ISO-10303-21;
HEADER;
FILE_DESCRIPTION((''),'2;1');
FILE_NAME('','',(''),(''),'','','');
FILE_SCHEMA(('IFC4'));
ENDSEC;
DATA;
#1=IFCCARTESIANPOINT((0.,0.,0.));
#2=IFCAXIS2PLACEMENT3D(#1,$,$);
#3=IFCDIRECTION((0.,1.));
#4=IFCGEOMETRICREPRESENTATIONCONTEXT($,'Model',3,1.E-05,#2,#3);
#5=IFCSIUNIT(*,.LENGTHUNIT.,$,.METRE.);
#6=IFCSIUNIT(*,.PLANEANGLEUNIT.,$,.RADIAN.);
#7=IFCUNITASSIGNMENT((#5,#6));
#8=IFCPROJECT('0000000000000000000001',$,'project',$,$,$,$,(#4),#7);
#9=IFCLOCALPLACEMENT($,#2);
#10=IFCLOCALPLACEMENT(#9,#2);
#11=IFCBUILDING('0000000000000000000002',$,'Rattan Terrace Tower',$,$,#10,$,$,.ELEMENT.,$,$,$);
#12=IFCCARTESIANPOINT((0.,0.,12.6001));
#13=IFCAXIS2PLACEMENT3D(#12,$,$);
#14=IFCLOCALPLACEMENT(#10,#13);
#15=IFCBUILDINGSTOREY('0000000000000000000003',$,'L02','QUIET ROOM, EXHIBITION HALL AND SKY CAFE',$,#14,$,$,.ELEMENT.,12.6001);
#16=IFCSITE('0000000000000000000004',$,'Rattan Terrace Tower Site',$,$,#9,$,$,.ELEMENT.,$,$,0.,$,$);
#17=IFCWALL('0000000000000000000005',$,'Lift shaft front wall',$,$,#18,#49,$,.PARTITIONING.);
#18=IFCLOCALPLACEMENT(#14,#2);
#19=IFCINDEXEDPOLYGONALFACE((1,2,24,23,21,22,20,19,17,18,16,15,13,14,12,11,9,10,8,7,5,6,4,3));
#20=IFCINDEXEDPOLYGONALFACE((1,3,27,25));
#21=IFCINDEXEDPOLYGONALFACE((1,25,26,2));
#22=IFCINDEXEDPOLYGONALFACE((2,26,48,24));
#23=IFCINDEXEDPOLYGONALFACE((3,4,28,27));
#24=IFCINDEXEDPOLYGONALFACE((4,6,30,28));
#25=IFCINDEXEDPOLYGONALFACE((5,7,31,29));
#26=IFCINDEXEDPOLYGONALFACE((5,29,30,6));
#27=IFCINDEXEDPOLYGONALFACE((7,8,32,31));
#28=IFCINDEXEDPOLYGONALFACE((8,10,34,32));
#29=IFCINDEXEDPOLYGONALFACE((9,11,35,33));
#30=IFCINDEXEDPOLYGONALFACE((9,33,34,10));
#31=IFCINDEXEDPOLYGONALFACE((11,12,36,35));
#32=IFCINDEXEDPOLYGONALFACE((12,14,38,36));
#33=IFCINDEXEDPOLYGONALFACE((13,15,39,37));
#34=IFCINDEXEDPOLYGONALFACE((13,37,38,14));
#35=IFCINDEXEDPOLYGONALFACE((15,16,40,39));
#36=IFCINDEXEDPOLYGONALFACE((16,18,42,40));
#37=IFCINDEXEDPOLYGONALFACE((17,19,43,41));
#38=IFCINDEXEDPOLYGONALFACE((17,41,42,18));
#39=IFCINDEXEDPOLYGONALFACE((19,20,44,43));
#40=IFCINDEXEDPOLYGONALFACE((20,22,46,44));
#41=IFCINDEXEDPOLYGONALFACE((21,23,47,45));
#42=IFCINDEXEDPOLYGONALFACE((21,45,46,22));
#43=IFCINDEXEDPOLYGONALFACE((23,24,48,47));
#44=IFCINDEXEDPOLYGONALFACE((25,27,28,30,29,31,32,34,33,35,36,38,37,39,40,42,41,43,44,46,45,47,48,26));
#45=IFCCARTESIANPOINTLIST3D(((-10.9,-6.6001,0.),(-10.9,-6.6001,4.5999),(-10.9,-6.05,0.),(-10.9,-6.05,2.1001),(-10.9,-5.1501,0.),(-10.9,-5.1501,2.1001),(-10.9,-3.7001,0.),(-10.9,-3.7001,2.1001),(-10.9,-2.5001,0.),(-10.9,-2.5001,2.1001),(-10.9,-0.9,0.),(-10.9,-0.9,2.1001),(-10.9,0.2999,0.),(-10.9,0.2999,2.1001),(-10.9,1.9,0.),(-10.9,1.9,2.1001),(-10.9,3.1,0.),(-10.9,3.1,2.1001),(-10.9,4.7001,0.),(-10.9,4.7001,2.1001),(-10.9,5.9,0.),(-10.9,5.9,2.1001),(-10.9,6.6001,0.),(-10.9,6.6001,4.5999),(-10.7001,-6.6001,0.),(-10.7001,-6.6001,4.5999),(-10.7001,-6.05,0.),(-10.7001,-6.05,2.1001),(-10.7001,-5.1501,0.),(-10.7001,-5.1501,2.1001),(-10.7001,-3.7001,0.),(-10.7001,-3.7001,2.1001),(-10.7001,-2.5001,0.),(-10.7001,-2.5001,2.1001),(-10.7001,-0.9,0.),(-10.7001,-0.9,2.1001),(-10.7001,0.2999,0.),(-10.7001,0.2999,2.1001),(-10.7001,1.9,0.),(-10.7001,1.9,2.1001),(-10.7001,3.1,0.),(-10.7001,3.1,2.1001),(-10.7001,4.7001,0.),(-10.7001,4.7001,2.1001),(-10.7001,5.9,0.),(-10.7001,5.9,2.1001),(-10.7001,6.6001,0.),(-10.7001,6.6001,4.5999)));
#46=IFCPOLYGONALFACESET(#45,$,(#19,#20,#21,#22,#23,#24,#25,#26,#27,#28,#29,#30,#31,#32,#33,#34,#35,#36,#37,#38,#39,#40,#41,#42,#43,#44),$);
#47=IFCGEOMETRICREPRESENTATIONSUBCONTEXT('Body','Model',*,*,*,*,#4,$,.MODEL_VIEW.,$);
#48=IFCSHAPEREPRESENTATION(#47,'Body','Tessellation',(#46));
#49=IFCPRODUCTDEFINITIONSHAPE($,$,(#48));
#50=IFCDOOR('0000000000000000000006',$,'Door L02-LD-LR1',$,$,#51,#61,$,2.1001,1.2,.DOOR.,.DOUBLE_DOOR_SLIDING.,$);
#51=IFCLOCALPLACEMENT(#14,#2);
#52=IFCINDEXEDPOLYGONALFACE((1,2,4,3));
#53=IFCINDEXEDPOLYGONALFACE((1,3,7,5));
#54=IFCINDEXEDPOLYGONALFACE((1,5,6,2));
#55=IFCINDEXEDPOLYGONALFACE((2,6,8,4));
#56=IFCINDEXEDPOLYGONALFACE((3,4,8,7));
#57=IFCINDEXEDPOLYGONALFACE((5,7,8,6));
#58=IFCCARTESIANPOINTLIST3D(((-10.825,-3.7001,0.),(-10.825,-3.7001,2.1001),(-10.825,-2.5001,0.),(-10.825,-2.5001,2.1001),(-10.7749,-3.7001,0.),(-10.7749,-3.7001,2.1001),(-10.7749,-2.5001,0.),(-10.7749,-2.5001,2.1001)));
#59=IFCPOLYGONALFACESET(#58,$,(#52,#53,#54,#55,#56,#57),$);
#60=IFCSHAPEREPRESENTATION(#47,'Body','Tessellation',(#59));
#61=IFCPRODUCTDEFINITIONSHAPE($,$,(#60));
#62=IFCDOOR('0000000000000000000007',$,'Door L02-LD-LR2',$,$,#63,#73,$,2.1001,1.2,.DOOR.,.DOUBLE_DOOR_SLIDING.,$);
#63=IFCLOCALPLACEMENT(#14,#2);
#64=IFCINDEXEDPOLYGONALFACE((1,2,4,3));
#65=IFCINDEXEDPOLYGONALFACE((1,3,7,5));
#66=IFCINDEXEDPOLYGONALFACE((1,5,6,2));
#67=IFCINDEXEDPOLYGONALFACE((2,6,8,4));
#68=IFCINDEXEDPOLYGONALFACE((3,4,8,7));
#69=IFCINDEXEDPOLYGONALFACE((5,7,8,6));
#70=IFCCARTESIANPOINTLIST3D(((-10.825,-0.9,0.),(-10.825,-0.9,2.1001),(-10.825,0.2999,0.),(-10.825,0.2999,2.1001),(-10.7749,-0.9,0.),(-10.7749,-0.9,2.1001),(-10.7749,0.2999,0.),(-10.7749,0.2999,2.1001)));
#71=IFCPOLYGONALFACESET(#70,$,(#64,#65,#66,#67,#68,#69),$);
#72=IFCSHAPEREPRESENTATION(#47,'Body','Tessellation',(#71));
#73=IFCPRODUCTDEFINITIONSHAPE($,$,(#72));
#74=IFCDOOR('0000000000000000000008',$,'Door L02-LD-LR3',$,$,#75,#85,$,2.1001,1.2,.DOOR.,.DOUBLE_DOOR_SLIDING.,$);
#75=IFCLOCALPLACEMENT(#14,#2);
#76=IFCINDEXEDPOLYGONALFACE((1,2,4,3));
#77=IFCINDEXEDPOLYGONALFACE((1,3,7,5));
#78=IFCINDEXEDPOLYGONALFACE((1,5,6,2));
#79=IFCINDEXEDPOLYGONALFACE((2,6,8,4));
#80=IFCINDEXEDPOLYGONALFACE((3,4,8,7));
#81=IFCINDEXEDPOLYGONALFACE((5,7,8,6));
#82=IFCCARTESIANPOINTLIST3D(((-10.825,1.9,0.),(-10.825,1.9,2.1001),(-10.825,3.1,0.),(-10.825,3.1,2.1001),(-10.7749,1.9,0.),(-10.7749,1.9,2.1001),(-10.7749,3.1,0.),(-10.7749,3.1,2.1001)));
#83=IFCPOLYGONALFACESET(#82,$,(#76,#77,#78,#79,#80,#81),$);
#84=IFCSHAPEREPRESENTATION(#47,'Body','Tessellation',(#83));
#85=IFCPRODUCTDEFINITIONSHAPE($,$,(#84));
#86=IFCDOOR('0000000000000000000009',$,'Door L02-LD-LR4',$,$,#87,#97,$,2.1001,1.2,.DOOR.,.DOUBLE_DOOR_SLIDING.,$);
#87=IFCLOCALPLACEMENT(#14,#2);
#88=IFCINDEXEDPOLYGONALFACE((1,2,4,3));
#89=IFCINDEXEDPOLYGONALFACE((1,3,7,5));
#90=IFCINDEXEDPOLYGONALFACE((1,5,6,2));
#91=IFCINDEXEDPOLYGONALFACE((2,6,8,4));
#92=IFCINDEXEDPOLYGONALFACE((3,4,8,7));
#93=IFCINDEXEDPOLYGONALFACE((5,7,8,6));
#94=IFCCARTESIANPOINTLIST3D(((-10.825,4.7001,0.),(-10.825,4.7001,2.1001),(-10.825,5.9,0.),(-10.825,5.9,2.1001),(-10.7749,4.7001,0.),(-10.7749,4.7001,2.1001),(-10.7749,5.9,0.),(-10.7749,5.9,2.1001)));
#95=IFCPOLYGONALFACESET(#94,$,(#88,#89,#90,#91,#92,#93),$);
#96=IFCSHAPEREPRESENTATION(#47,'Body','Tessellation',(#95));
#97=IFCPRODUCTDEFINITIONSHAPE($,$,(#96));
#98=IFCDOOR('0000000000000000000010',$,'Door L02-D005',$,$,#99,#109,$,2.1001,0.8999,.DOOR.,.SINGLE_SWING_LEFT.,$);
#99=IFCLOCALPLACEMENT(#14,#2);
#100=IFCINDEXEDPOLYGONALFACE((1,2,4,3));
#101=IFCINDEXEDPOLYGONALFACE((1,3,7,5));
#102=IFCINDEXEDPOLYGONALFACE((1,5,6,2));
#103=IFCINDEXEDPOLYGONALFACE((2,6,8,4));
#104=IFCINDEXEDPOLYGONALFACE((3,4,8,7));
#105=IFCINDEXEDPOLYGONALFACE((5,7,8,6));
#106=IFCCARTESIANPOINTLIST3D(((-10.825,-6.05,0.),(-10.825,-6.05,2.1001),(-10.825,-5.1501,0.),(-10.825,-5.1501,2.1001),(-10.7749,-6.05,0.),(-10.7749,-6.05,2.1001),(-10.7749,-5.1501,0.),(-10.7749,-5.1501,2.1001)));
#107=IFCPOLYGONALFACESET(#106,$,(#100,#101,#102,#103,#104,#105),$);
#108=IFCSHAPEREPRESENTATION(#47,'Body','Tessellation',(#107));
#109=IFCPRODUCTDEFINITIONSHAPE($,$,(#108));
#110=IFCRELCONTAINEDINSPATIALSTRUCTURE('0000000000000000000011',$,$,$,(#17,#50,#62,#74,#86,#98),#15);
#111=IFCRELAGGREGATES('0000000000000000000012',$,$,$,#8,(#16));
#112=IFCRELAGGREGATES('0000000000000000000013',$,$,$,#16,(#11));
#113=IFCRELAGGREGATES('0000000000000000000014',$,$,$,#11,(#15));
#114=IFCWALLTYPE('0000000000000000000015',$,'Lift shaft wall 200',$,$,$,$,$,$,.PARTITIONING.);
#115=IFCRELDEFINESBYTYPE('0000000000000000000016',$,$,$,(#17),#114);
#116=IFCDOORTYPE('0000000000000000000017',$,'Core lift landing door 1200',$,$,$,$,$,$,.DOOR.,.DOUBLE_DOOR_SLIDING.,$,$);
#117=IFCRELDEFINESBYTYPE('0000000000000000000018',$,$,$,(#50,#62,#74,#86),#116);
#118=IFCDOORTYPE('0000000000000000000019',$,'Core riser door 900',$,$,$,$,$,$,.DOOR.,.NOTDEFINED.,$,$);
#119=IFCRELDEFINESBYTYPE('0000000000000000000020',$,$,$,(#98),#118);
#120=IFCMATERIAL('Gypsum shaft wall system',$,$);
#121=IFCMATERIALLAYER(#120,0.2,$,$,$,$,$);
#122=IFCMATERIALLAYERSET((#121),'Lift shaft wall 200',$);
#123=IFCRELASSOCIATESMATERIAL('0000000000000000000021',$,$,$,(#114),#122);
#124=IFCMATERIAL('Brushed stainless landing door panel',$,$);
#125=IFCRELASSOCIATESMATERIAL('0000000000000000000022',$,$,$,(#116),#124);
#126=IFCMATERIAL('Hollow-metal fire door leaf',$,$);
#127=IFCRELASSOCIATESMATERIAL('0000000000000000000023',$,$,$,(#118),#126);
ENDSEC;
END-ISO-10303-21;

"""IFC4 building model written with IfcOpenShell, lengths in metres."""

from ifc_helpers import new_model, si_unit, direction, frame, frame_2d, origin, place, context, subcontext, project, spatial, rectangle, extrude, material, layer, layer_set, type_object, element, fill, save


model = new_model("IFC4")

# Units and contexts
model_context = context("Model", 3, precision=1e-05, world=origin(), true_north=direction((0.0, 1.0)))
body_context = subcontext(model_context, "Body", "Model", "MODEL_VIEW")
ifc_project = project(units=[si_unit("LENGTHUNIT", "METRE"), si_unit("PLANEANGLEUNIT", "RADIAN")], contexts=[model_context])

# Site, building, storey
site_placement = place(None, origin())
site = spatial("IfcSite", under=ifc_project, at=site_placement, Name="Rattan Terrace Tower Site", CompositionType="ELEMENT", RefElevation=0.0)
building_placement = place(site_placement, origin())
building = spatial("IfcBuilding", under=site, at=building_placement, Name="Rattan Terrace Tower", CompositionType="ELEMENT")
storey_placement = place(building_placement, frame((0.0, 0.0, 12.6001)))
storey = spatial("IfcBuildingStorey", under=building, at=storey_placement, Name="L02", Description="QUIET ROOM, EXHIBITION HALL AND SKY CAFE", CompositionType="ELEMENT", Elevation=12.6001)

# Wall, openings, doors
ifc_material_1 = material(Name="Gypsum shaft wall system")
ifc_layer_1 = layer(ifc_material_1, 0.2)
ifc_layer_set_1 = layer_set([ifc_layer_1], Name="Lift shaft wall 200")
wall_type_1 = type_object("IfcWallType", Name="Lift shaft wall 200", PredefinedType="PARTITIONING", material=ifc_layer_set_1)
wall_1_placement = place(storey_placement, frame((-10.8, -6.6001, 0.0), z_axis=(0.0, 0.0, 1.0), x_axis=(0.0, 1.0, 0.0)))
wall_1 = element("IfcWall", 1, at=wall_1_placement, inside=storey, type_object=wall_type_1, Name="Lift shaft front wall", PredefinedType="PARTITIONING", context=body_context, shape_type="SweptSolid", body=[
    extrude(rectangle(XDim=13.2002, YDim=0.2, at=frame_2d((6.6001, 0.0))), origin(), (0.0, 0.0, 1.0), 4.5999),
])
opening_1_placement = place(wall_1_placement, frame((0.55, 0.0, 0.0)))
opening_1 = element("IfcOpeningElement", 2, at=opening_1_placement, cuts=wall_1, PredefinedType="OPENING", context=body_context, shape_type="SweptSolid", body=[
    extrude(rectangle(XDim=0.8999, YDim=2.1001, at=frame_2d((0.45, 1.05))), frame((0.0, 0.1106, 0.0), z_axis=(0.0, -1.0, 0.0), x_axis=(1.0, 0.0, 0.0)), (0.0, 0.0, 1.0), 0.2209),
])
opening_2_placement = place(wall_1_placement, frame((2.8999, 0.0, 0.0)))
opening_2 = element("IfcOpeningElement", 3, at=opening_2_placement, cuts=wall_1, PredefinedType="OPENING", context=body_context, shape_type="SweptSolid", body=[
    extrude(rectangle(XDim=1.2, YDim=2.1001, at=frame_2d((0.6001, 1.05))), frame((0.0, 0.1106, 0.0), z_axis=(0.0, -1.0, 0.0), x_axis=(1.0, 0.0, 0.0)), (0.0, 0.0, 1.0), 0.2209),
])
opening_3_placement = place(wall_1_placement, frame((5.7, 0.0, 0.0)))
opening_3 = element("IfcOpeningElement", 4, at=opening_3_placement, cuts=wall_1, PredefinedType="OPENING", context=body_context, shape_type="SweptSolid", body=[
    extrude(rectangle(XDim=1.2, YDim=2.1001, at=frame_2d((0.6001, 1.05))), frame((0.0, 0.1106, 0.0), z_axis=(0.0, -1.0, 0.0), x_axis=(1.0, 0.0, 0.0)), (0.0, 0.0, 1.0), 0.2209),
])
opening_4_placement = place(wall_1_placement, frame((8.5, 0.0, 0.0)))
opening_4 = element("IfcOpeningElement", 5, at=opening_4_placement, cuts=wall_1, PredefinedType="OPENING", context=body_context, shape_type="SweptSolid", body=[
    extrude(rectangle(XDim=1.2, YDim=2.1001, at=frame_2d((0.6001, 1.05))), frame((0.0, 0.1106, 0.0), z_axis=(0.0, -1.0, 0.0), x_axis=(1.0, 0.0, 0.0)), (0.0, 0.0, 1.0), 0.2209),
])
opening_5_placement = place(wall_1_placement, frame((11.3, 0.0, 0.0)))
opening_5 = element("IfcOpeningElement", 6, at=opening_5_placement, cuts=wall_1, PredefinedType="OPENING", context=body_context, shape_type="SweptSolid", body=[
    extrude(rectangle(XDim=1.2, YDim=2.1001, at=frame_2d((0.6001, 1.05))), frame((0.0, 0.1106, 0.0), z_axis=(0.0, -1.0, 0.0), x_axis=(1.0, 0.0, 0.0)), (0.0, 0.0, 1.0), 0.2209),
])
ifc_material_2 = material(Name="Brushed stainless landing door panel")
door_type_1 = type_object("IfcDoorType", Name="Core lift landing door 1200", OperationType="DOUBLE_DOOR_SLIDING", PredefinedType="DOOR", material=ifc_material_2)
door_1_placement = place(opening_2_placement, origin())
door_1 = element("IfcDoor", 7, at=door_1_placement, inside=storey, type_object=door_type_1, Name="Door L02-LD-LR1", OperationType="DOUBLE_DOOR_SLIDING", OverallHeight=2.1001, OverallWidth=1.2, PredefinedType="DOOR", context=body_context, shape_type="SweptSolid", body=[
    extrude(rectangle(XDim=1.2, YDim=2.1001, at=frame_2d((0.6001, 1.05))), frame((0.0, 0.0249, 0.0), z_axis=(0.0, -1.0, 0.0), x_axis=(1.0, 0.0, 0.0)), (0.0, 0.0, 1.0), 0.05),
])
fill(opening_2, door_1)
door_2_placement = place(opening_3_placement, origin())
door_2 = element("IfcDoor", 8, at=door_2_placement, inside=storey, type_object=door_type_1, Name="Door L02-LD-LR2", OperationType="DOUBLE_DOOR_SLIDING", OverallHeight=2.1001, OverallWidth=1.2, PredefinedType="DOOR", context=body_context, shape_type="SweptSolid", body=[
    extrude(rectangle(XDim=1.2, YDim=2.1001, at=frame_2d((0.6001, 1.05))), frame((0.0, 0.0249, 0.0), z_axis=(0.0, -1.0, 0.0), x_axis=(1.0, 0.0, 0.0)), (0.0, 0.0, 1.0), 0.05),
])
fill(opening_3, door_2)
door_3_placement = place(opening_4_placement, origin())
door_3 = element("IfcDoor", 9, at=door_3_placement, inside=storey, type_object=door_type_1, Name="Door L02-LD-LR3", OperationType="DOUBLE_DOOR_SLIDING", OverallHeight=2.1001, OverallWidth=1.2, PredefinedType="DOOR", context=body_context, shape_type="SweptSolid", body=[
    extrude(rectangle(XDim=1.2, YDim=2.1001, at=frame_2d((0.6001, 1.05))), frame((0.0, 0.0249, 0.0), z_axis=(0.0, -1.0, 0.0), x_axis=(1.0, 0.0, 0.0)), (0.0, 0.0, 1.0), 0.05),
])
fill(opening_4, door_3)
door_4_placement = place(opening_5_placement, origin())
door_4 = element("IfcDoor", 10, at=door_4_placement, inside=storey, type_object=door_type_1, Name="Door L02-LD-LR4", OperationType="DOUBLE_DOOR_SLIDING", OverallHeight=2.1001, OverallWidth=1.2, PredefinedType="DOOR", context=body_context, shape_type="SweptSolid", body=[
    extrude(rectangle(XDim=1.2, YDim=2.1001, at=frame_2d((0.6001, 1.05))), frame((0.0, 0.0249, 0.0), z_axis=(0.0, -1.0, 0.0), x_axis=(1.0, 0.0, 0.0)), (0.0, 0.0, 1.0), 0.05),
])
fill(opening_5, door_4)
ifc_material_3 = material(Name="Hollow-metal fire door leaf")
door_type_2 = type_object("IfcDoorType", Name="Core riser door 900", OperationType="NOTDEFINED", PredefinedType="DOOR", material=ifc_material_3)
door_5_placement = place(opening_1_placement, origin())
door_5 = element("IfcDoor", 11, at=door_5_placement, inside=storey, type_object=door_type_2, Name="Door L02-D005", OperationType="SINGLE_SWING_LEFT", OverallHeight=2.1001, OverallWidth=0.8999, PredefinedType="DOOR", context=body_context, shape_type="SweptSolid", body=[
    extrude(rectangle(XDim=0.8999, YDim=2.1001, at=frame_2d((0.45, 1.05))), frame((0.0, 0.0249, 0.0), z_axis=(0.0, -1.0, 0.0), x_axis=(1.0, 0.0, 0.0)), (0.0, 0.0, 1.0), 0.05),
])
fill(opening_1, door_5)

save(model, "model.ifc")
